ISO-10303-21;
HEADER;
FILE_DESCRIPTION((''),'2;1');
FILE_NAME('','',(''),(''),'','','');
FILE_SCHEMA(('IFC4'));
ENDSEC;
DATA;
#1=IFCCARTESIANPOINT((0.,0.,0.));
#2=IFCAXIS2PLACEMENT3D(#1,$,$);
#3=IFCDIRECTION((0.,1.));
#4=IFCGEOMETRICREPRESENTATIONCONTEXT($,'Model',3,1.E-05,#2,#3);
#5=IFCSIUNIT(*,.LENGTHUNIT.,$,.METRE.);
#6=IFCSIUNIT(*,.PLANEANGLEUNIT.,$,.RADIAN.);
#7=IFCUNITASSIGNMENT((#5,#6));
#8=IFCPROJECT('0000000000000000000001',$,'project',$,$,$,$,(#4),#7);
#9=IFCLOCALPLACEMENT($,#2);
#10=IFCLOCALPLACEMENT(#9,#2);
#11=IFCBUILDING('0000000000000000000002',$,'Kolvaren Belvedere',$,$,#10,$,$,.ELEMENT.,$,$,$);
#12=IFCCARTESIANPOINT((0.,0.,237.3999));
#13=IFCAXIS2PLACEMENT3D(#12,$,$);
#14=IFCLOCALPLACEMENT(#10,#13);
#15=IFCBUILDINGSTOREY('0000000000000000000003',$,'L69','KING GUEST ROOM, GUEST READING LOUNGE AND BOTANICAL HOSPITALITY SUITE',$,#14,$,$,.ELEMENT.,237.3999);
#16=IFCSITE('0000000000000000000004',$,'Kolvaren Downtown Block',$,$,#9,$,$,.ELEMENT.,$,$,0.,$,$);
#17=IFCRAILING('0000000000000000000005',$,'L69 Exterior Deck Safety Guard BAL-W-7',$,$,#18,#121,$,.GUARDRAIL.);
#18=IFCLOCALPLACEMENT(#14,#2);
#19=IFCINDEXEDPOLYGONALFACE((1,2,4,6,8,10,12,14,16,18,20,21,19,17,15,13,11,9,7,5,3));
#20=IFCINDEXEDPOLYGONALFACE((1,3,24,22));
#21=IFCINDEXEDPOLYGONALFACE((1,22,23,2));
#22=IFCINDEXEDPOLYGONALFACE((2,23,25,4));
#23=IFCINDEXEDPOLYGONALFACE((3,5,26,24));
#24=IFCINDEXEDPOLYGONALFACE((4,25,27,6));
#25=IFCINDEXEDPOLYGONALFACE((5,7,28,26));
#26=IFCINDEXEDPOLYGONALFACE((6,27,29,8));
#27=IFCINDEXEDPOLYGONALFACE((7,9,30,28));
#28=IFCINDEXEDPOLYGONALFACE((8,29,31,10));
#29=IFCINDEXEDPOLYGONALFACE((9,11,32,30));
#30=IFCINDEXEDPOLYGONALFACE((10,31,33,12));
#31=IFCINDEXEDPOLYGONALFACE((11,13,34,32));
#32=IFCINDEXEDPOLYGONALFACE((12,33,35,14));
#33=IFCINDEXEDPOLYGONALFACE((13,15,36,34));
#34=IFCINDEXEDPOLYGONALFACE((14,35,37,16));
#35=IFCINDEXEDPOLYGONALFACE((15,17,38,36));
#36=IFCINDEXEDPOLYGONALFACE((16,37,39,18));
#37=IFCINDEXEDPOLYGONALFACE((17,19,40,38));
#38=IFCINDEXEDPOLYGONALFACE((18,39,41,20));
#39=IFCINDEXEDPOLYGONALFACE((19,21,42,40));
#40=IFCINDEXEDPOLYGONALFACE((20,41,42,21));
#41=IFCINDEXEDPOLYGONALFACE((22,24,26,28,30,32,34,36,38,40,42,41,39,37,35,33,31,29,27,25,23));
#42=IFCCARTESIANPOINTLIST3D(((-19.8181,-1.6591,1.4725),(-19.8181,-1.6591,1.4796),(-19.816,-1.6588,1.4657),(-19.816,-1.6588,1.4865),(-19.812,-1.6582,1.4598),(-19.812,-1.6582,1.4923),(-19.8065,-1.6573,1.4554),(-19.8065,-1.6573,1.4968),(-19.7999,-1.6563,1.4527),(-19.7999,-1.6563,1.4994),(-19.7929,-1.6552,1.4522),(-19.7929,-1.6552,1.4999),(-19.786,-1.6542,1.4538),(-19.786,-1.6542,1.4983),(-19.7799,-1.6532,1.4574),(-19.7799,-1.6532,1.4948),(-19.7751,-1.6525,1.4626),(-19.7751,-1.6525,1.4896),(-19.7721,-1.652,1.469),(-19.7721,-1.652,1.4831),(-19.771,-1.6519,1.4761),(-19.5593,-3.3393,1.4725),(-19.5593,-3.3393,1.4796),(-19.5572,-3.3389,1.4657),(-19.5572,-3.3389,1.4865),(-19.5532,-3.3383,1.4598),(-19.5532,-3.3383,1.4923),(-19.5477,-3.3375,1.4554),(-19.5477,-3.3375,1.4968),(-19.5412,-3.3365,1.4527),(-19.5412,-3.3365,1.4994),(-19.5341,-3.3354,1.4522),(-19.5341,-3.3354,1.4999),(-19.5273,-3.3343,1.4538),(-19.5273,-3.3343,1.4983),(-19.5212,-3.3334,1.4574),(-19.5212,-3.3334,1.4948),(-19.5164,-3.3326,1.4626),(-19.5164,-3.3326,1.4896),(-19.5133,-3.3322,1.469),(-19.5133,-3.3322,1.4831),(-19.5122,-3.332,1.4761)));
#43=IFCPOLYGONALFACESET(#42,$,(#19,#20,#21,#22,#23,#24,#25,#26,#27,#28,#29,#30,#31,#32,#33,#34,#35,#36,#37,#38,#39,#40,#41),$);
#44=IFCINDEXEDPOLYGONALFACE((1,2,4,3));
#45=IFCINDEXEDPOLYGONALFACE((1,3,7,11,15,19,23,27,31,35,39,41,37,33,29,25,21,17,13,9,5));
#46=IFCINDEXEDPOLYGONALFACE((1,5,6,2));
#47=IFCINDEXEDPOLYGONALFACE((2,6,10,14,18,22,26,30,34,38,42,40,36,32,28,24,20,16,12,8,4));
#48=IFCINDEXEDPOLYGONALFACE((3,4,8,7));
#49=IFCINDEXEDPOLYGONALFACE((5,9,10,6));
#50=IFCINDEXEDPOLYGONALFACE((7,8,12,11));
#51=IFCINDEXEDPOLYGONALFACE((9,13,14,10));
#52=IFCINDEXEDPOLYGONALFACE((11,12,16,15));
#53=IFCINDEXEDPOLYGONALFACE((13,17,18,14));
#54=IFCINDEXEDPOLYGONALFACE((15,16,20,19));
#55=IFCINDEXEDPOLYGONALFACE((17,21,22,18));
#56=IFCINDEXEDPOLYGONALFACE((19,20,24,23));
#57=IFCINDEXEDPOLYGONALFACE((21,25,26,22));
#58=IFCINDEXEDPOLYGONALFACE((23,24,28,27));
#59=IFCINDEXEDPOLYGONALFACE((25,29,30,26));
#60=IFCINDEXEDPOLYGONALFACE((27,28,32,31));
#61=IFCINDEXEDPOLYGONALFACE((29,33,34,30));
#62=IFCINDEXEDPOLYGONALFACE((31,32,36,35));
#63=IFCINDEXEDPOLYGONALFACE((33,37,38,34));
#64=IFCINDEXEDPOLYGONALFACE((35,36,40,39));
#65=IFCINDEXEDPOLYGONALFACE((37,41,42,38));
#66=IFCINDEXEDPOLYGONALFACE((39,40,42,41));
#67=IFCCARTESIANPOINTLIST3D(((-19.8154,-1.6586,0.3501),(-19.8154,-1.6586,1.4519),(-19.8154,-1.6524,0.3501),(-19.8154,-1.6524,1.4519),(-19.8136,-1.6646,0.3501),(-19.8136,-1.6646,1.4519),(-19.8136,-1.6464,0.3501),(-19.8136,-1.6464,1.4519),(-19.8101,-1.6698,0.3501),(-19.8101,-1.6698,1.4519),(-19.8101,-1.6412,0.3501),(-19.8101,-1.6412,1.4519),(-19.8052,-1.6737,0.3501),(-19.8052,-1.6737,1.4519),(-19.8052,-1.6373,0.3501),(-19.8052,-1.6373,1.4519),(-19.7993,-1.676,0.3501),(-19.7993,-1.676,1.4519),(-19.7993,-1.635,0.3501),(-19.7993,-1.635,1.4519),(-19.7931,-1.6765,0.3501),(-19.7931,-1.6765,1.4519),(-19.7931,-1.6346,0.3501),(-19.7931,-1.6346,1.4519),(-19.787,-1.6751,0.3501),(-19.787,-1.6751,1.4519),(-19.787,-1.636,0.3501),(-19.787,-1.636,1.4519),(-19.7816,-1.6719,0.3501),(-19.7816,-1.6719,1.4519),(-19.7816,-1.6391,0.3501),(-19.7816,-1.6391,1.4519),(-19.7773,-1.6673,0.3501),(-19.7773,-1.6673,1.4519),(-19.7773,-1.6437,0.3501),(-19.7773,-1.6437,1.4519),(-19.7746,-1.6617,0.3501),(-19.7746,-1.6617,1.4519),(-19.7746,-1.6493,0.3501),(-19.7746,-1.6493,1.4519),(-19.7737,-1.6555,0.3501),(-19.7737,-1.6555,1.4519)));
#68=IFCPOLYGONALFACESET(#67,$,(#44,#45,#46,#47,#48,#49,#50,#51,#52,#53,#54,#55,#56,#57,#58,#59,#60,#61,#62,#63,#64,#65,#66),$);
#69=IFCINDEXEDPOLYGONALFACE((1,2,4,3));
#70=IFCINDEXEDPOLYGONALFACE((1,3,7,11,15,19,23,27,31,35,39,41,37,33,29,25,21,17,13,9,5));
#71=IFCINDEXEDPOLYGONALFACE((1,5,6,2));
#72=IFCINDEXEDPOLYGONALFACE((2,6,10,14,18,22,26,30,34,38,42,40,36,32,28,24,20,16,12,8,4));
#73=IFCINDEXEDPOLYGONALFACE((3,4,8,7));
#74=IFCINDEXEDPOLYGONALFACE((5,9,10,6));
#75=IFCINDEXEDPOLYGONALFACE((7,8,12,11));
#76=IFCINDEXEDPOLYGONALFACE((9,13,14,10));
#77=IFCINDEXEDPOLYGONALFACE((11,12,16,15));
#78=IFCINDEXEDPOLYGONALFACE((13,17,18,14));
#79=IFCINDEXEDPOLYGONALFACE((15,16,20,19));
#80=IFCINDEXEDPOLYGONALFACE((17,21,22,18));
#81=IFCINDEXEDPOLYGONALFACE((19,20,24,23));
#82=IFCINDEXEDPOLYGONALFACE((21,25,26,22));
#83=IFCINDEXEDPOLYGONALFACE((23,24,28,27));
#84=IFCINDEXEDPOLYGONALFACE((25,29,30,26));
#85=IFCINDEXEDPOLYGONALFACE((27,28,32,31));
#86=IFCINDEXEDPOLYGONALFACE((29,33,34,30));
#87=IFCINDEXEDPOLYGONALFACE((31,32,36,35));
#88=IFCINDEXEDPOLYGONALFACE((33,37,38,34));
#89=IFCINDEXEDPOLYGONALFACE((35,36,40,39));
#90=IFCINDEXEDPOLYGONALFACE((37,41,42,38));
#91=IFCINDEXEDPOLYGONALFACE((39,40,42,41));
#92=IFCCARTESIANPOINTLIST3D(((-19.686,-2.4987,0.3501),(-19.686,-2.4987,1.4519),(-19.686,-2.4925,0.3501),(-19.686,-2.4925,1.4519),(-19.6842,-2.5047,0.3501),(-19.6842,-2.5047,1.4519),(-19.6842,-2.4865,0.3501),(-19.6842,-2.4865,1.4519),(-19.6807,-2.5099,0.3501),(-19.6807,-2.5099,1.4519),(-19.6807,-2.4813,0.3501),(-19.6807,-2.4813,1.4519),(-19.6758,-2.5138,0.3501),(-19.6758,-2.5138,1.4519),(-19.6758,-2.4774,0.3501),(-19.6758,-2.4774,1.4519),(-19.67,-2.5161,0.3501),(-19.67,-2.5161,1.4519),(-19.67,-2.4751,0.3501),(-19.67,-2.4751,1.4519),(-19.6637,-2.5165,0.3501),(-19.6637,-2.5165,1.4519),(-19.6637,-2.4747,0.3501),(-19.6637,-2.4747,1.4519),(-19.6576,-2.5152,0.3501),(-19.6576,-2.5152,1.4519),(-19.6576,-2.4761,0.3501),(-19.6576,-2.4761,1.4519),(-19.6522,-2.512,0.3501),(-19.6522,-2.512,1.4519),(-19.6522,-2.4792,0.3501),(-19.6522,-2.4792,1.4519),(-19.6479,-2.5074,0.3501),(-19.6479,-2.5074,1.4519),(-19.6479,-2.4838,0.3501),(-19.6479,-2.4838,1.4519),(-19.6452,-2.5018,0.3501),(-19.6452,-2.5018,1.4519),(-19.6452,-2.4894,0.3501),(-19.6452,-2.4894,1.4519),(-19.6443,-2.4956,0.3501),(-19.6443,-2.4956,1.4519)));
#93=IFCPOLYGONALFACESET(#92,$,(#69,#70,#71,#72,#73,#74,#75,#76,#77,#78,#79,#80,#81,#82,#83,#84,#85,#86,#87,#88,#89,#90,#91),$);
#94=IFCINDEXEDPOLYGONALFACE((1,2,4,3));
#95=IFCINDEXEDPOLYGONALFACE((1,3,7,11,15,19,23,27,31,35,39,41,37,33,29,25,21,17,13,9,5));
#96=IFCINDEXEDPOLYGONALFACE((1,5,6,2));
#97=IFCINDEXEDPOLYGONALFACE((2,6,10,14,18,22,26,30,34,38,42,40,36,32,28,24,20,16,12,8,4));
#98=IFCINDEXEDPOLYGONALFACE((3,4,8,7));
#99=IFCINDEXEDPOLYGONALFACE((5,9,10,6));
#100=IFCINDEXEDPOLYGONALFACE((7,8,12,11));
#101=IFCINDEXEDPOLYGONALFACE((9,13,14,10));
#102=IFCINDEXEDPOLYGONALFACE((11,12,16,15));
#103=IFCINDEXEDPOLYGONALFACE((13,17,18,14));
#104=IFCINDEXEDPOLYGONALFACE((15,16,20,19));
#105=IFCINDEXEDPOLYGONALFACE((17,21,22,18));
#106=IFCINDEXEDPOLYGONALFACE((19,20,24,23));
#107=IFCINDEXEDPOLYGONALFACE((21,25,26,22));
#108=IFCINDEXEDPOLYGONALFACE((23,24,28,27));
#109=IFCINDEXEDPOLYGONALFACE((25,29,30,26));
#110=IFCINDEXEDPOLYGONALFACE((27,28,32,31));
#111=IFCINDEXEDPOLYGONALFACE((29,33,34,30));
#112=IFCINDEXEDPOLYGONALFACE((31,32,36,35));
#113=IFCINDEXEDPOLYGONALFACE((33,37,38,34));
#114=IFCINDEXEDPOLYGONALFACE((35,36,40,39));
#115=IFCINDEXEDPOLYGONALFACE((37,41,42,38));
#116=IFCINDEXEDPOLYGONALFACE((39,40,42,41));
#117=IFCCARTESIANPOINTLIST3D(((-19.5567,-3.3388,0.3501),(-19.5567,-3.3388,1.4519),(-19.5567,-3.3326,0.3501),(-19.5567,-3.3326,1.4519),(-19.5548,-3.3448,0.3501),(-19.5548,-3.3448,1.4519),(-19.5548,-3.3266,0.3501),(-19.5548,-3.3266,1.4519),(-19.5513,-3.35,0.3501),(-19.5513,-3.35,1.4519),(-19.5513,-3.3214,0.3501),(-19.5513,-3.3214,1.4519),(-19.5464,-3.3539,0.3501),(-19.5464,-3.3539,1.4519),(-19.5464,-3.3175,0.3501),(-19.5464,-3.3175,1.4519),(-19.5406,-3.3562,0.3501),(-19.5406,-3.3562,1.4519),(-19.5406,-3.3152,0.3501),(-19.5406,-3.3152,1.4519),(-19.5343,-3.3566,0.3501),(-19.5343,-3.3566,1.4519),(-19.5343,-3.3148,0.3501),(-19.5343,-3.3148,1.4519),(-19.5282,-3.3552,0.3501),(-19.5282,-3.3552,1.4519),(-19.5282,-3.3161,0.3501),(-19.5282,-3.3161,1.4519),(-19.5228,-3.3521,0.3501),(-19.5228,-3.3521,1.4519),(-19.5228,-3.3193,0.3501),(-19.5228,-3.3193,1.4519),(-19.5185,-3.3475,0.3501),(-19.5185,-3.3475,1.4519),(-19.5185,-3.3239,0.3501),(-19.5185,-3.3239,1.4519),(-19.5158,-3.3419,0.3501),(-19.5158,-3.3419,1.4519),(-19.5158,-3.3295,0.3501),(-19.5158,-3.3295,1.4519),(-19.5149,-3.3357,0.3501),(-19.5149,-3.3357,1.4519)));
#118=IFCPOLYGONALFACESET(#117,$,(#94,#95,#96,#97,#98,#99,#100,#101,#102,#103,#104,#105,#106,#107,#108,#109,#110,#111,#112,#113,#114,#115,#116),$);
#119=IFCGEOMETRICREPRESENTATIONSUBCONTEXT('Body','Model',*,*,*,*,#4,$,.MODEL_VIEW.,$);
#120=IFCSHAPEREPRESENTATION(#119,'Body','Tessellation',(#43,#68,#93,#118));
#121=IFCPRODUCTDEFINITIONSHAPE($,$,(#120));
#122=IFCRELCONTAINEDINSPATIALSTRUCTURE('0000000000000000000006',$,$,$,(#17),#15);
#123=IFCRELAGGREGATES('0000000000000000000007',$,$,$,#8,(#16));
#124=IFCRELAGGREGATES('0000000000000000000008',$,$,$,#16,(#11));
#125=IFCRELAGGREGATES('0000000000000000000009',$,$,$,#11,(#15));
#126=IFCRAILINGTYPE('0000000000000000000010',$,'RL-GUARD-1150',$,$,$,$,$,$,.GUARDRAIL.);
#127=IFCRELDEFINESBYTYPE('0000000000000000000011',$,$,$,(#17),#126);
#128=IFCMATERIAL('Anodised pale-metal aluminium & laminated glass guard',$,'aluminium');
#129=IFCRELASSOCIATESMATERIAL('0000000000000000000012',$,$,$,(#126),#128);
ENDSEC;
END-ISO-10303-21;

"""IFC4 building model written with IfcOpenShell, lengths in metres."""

from ifc_helpers import new_model, si_unit, direction, frame, origin, origin_2d, place, context, subcontext, project, spatial, circle, extrude, material, type_object, element, save


model = new_model("IFC4")

# Units and contexts
model_context = context("Model", 3, precision=1e-05, world=origin(), true_north=direction((0.0, 1.0)))
body_context = subcontext(model_context, "Body", "Model", "MODEL_VIEW")
ifc_project = project(units=[si_unit("LENGTHUNIT", "METRE"), si_unit("PLANEANGLEUNIT", "RADIAN")], contexts=[model_context])

# Site, building, storey
site_placement = place(None, origin())
site = spatial("IfcSite", under=ifc_project, at=site_placement, Name="Kolvaren Downtown Block", CompositionType="ELEMENT", RefElevation=0.0)
building_placement = place(site_placement, origin())
building = spatial("IfcBuilding", under=site, at=building_placement, Name="Kolvaren Belvedere", CompositionType="ELEMENT")
storey_placement = place(building_placement, frame((0.0, 0.0, 237.3999)))
storey = spatial("IfcBuildingStorey", under=building, at=storey_placement, Name="L69", Description="KING GUEST ROOM, GUEST READING LOUNGE AND BOTANICAL HOSPITALITY SUITE", CompositionType="ELEMENT", Elevation=237.3999)

# Railing
ifc_material_1 = material(Name="Anodised pale-metal aluminium & laminated glass guard", Category="aluminium")
railing_type = type_object("IfcRailingType", Name="RL-GUARD-1150", PredefinedType="GUARDRAIL", material=ifc_material_1)
railing_1_placement = place(storey_placement, frame((-19.7947, -1.6555, 0.3501)))
element("IfcRailing", 1, at=railing_1_placement, inside=storey, type_object=railing_type, Name="L69 Exterior Deck Safety Guard BAL-W-7", PredefinedType="GUARDRAIL", context=body_context, shape_type="SweptSolid", body=[
    extrude(circle(Radius=0.0239, at=origin_2d()), frame((0.0, 0.0, 1.126), z_axis=(0.15223, -0.988345, 0.0), x_axis=(0.988345, 0.15223, 0.0)), (0.0, 0.0, 1.0), 1.7),
    extrude(circle(Radius=0.021, at=origin_2d()), origin(), (0.0, 0.0, 1.0), 1.1018),
    extrude(circle(Radius=0.021, at=origin_2d()), frame((0.1294, -0.8401, 0.0)), (0.0, 0.0, 1.0), 1.1018),
    extrude(circle(Radius=0.021, at=origin_2d()), frame((0.2588, -1.6802, 0.0)), (0.0, 0.0, 1.0), 1.1018),
])

save(model, "model.ifc")
